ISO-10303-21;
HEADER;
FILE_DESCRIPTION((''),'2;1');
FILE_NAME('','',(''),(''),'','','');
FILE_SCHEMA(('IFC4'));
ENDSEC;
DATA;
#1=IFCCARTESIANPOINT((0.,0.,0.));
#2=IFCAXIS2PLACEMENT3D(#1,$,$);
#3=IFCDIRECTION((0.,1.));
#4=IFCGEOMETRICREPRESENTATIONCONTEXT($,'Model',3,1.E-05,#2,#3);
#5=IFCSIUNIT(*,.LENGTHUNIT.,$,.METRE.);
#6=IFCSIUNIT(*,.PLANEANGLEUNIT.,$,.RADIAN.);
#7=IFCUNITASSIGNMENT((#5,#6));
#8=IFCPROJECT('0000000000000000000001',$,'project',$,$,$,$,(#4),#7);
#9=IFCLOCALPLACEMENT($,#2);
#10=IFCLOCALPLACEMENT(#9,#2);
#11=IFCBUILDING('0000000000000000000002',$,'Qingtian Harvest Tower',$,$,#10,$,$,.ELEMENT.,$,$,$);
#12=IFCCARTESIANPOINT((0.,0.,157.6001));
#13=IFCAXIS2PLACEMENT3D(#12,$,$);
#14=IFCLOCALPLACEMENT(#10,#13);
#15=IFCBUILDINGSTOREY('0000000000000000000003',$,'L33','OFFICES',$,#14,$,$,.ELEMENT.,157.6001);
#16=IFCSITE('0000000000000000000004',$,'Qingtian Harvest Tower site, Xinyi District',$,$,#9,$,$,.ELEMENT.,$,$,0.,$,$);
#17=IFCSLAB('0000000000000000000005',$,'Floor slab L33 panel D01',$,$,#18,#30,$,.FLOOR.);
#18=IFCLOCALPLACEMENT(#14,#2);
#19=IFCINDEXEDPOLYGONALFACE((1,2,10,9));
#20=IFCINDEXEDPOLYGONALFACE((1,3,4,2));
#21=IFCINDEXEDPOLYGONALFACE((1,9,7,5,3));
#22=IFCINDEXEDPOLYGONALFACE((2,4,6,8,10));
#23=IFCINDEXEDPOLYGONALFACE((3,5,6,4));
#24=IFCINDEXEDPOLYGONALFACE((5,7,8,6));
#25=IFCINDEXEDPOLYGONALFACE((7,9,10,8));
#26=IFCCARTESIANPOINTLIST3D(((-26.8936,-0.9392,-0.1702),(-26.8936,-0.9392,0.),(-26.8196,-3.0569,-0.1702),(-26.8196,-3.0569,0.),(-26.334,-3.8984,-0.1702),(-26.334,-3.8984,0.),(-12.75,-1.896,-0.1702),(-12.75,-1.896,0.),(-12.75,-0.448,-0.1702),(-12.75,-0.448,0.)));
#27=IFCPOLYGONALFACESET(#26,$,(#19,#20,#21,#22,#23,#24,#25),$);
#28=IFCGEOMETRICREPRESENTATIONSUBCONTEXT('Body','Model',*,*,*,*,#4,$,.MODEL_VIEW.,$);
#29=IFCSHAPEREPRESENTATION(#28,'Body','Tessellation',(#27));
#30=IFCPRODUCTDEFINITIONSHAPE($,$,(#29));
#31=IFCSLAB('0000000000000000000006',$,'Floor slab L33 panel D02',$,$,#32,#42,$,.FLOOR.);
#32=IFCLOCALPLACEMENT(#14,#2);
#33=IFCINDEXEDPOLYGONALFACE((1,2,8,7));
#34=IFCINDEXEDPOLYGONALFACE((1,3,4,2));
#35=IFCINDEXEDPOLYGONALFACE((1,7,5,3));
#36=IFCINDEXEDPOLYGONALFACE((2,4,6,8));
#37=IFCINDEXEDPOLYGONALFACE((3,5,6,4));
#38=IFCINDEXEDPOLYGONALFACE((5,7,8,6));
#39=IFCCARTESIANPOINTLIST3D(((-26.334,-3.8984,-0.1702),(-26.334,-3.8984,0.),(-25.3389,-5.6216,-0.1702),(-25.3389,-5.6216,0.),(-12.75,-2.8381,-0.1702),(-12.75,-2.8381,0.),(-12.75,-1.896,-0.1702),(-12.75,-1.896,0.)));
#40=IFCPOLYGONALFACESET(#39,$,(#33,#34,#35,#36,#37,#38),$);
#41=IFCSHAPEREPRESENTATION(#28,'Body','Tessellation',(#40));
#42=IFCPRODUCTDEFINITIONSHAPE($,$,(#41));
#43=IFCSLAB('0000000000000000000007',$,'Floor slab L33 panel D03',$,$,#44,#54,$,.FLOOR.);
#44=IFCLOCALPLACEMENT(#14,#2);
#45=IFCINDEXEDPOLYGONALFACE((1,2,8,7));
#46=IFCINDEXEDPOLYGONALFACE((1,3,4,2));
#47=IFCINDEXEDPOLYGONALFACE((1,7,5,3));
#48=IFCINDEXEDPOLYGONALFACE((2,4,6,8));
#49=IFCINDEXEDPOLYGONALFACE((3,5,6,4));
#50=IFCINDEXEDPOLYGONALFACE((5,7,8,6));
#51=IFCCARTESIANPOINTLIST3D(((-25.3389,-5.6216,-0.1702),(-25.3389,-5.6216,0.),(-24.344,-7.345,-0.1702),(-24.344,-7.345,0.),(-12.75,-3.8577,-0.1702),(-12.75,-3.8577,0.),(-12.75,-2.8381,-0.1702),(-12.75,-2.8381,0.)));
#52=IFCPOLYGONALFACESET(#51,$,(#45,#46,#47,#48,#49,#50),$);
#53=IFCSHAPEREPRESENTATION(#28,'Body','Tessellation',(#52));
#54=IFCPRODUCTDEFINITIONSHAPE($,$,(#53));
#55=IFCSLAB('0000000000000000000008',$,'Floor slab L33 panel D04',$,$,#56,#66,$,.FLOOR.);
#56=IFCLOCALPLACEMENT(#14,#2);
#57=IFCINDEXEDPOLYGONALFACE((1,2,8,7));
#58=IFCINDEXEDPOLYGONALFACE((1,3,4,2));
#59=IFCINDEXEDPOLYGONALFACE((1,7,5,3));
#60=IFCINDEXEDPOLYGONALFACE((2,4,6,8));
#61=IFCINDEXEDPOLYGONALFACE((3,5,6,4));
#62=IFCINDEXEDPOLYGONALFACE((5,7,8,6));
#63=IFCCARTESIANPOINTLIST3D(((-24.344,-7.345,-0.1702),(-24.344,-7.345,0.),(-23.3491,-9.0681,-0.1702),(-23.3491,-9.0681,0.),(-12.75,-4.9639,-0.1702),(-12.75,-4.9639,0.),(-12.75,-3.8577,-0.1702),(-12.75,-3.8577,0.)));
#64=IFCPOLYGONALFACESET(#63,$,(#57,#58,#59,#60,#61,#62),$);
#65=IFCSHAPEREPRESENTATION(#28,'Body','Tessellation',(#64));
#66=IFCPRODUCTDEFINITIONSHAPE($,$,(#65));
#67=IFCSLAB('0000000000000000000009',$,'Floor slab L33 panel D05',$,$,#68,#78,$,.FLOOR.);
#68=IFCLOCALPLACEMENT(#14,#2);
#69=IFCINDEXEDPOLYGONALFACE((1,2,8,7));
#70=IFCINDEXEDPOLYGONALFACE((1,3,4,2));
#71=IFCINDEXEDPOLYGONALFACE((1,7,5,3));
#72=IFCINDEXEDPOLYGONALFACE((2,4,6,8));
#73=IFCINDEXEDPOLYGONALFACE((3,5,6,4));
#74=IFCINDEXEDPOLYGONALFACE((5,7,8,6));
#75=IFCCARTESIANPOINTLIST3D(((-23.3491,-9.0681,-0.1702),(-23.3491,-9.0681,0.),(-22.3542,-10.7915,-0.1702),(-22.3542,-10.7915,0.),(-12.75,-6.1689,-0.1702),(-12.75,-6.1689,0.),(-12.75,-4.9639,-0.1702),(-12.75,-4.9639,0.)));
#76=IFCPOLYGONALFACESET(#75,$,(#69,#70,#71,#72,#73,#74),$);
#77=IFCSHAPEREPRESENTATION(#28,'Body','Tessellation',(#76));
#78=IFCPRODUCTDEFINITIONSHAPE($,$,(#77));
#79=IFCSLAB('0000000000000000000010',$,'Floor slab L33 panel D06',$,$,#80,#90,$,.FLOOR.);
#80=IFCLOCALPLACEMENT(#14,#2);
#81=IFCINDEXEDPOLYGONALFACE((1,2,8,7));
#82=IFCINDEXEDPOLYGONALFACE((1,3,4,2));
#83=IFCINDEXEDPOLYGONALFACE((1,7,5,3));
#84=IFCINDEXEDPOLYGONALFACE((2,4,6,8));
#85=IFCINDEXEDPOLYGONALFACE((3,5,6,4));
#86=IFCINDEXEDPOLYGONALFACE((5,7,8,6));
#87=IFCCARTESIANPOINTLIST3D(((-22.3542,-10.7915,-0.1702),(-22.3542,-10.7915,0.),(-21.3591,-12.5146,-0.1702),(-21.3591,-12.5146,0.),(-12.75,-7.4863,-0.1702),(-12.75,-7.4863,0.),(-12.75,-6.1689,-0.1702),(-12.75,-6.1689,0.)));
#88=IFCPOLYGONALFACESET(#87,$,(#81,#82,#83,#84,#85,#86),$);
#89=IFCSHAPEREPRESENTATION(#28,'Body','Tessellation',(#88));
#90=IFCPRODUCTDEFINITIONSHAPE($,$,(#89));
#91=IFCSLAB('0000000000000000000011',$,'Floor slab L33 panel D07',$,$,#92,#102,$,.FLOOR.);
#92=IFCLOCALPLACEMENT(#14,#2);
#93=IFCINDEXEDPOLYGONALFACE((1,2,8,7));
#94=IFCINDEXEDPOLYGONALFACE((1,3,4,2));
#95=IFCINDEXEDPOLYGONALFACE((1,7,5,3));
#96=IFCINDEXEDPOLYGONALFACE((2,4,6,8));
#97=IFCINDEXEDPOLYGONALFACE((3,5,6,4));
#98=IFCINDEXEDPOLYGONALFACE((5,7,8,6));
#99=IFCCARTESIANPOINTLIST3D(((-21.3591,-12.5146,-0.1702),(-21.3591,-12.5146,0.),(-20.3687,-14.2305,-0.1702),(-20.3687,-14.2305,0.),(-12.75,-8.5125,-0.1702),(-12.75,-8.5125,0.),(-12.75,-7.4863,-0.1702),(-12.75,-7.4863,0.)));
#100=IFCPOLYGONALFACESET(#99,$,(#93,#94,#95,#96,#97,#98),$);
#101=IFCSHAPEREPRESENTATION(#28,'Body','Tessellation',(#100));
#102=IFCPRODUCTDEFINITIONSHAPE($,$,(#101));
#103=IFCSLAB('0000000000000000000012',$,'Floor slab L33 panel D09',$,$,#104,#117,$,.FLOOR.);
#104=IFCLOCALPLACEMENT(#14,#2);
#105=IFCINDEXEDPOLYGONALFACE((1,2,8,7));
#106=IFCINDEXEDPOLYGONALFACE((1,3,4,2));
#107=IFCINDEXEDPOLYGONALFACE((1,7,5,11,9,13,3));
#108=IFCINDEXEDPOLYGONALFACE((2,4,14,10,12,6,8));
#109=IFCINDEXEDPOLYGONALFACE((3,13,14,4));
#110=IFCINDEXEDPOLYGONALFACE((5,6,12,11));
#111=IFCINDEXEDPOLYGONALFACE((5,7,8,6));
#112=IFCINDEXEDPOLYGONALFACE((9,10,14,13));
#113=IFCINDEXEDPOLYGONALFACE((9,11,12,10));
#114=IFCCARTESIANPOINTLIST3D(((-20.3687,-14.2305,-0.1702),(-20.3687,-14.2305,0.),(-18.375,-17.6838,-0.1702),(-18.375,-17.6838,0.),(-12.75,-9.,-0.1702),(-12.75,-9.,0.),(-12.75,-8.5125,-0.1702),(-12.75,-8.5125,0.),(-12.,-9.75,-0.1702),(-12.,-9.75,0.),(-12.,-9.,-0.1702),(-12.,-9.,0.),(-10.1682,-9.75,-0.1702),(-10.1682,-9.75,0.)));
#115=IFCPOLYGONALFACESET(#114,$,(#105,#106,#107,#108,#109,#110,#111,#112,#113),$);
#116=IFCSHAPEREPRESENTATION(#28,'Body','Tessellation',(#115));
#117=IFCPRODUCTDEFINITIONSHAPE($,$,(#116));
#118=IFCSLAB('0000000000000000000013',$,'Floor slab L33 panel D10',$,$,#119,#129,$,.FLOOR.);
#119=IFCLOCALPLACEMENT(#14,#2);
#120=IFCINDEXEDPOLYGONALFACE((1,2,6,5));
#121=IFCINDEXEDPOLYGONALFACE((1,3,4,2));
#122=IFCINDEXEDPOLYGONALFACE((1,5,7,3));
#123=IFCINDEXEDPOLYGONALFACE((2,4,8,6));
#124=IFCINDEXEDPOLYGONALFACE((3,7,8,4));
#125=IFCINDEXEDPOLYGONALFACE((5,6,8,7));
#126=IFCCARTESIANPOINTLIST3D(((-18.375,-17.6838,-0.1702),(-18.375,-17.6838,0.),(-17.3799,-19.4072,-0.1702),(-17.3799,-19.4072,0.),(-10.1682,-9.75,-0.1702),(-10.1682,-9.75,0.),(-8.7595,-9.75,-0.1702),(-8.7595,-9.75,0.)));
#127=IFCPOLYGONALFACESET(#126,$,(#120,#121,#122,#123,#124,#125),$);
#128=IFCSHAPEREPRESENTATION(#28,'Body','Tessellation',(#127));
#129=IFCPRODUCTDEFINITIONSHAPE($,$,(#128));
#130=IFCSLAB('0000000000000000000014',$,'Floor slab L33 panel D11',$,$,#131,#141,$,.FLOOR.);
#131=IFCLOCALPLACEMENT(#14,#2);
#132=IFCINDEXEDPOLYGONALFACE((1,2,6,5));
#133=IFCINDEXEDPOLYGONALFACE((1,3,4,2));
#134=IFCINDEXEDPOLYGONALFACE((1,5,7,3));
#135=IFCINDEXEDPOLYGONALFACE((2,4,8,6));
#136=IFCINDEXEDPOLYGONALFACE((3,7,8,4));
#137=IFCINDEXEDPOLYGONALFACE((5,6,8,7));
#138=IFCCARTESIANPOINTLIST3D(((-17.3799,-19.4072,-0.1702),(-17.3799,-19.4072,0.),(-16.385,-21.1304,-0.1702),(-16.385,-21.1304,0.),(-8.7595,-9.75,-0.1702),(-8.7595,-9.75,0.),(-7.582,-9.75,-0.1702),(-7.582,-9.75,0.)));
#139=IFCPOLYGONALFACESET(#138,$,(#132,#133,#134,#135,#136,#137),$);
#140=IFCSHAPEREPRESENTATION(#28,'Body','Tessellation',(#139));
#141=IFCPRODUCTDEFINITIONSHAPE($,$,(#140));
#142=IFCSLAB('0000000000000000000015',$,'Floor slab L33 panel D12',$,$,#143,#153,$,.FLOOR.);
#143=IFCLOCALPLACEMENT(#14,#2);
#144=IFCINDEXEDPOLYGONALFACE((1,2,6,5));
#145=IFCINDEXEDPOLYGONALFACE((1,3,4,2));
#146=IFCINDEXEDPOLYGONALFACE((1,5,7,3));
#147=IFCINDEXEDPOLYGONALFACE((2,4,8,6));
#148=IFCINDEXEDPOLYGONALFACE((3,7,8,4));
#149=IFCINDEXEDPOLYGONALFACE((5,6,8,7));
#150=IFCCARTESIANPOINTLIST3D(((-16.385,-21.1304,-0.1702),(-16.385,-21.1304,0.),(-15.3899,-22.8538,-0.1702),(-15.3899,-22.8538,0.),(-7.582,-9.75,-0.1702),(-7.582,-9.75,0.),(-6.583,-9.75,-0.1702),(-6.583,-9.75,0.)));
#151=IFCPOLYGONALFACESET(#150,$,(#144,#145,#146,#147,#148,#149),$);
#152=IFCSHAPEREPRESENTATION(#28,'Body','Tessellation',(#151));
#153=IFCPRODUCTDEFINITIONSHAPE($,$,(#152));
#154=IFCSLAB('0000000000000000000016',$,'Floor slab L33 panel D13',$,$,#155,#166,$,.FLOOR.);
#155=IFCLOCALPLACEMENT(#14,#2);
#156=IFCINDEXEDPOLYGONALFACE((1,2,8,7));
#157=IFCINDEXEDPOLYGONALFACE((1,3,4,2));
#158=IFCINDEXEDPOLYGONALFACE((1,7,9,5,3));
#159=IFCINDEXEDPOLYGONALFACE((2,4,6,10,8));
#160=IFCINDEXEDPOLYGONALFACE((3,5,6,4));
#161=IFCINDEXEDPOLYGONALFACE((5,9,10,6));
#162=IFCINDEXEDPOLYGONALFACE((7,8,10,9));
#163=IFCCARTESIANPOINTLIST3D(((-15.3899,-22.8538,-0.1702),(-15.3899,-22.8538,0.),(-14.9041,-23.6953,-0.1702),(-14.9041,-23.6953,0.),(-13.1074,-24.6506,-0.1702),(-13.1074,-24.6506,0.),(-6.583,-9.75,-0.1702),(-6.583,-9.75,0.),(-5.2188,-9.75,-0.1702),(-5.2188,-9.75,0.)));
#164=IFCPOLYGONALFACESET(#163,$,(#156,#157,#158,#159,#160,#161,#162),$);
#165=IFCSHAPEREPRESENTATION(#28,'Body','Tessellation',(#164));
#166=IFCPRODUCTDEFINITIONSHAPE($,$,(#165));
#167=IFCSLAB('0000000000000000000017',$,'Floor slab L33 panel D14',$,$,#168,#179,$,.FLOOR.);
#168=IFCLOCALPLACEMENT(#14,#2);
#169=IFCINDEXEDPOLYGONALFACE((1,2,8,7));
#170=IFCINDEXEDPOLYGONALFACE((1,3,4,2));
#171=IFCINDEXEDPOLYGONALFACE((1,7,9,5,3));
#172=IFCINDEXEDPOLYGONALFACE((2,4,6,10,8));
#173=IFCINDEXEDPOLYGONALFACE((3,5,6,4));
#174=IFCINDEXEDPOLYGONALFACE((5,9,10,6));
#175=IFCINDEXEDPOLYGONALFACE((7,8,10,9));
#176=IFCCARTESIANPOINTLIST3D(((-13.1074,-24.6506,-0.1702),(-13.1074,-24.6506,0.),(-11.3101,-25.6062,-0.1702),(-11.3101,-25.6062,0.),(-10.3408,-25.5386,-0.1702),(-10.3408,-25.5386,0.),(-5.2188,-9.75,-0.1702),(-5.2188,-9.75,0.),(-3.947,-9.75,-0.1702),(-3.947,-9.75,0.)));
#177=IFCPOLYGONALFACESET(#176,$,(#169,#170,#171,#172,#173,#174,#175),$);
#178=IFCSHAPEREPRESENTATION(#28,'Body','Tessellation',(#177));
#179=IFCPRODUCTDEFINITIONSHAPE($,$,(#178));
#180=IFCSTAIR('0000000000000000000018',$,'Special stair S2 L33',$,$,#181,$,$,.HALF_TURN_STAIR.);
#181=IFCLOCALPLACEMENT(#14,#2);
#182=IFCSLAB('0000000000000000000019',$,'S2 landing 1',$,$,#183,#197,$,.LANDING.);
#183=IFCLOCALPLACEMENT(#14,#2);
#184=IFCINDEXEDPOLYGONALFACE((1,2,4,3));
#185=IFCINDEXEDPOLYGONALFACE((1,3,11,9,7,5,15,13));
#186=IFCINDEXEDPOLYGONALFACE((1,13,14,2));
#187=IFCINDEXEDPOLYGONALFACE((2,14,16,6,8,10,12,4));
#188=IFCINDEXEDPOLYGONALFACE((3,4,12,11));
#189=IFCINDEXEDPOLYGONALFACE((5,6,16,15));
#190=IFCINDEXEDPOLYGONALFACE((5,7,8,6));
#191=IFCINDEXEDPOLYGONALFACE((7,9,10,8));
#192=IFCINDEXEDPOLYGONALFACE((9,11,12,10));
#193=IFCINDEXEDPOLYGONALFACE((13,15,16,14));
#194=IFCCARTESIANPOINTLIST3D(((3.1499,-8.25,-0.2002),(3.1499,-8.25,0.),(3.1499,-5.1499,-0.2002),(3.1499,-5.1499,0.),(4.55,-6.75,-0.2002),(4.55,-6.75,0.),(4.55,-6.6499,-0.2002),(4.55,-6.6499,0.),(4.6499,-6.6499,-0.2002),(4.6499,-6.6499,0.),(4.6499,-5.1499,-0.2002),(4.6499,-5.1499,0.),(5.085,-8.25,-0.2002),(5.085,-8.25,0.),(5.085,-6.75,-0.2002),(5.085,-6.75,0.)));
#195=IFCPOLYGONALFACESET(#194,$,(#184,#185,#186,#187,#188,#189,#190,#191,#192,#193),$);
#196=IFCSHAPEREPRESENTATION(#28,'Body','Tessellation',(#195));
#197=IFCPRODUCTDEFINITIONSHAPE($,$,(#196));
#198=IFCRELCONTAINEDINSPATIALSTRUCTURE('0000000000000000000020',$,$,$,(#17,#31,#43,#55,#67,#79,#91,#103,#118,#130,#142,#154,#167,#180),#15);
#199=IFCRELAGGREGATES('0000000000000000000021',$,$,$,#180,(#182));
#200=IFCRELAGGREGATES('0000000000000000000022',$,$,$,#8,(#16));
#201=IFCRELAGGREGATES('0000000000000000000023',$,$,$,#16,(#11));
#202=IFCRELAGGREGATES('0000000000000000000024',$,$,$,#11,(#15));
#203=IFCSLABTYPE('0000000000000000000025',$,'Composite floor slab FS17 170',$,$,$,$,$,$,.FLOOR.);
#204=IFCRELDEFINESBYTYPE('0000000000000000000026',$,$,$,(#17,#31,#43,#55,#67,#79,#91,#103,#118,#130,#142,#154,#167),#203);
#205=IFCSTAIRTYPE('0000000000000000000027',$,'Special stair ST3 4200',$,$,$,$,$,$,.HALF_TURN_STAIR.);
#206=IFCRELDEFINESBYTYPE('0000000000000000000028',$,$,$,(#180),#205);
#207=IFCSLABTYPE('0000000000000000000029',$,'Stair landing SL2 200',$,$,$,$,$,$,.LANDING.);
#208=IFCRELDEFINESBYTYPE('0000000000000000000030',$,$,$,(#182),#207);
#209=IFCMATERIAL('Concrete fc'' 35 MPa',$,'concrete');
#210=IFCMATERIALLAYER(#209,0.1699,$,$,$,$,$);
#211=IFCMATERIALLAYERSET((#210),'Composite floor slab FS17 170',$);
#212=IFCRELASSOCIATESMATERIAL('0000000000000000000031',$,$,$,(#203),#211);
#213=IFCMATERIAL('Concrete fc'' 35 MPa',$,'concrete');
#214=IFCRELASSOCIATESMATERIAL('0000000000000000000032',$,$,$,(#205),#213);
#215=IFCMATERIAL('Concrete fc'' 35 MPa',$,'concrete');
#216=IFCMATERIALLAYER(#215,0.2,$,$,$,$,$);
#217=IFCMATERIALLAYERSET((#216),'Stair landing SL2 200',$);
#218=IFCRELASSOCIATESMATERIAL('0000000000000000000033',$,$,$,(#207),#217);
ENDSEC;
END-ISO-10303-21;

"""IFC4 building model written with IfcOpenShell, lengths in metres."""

from ifc_helpers import new_model, si_unit, direction, frame, origin, place, context, subcontext, project, spatial, polyline, outline, extrude, material, layer, layer_set, type_object, element, aggregate, save


model = new_model("IFC4")

# Units and contexts
model_context = context("Model", 3, precision=1e-05, world=origin(), true_north=direction((0.0, 1.0)))
body_context = subcontext(model_context, "Body", "Model", "MODEL_VIEW")
ifc_project = project(units=[si_unit("LENGTHUNIT", "METRE"), si_unit("PLANEANGLEUNIT", "RADIAN")], contexts=[model_context])

# Site, building, storey
site_placement = place(None, origin())
site = spatial("IfcSite", under=ifc_project, at=site_placement, Name="Qingtian Harvest Tower site, Xinyi District", CompositionType="ELEMENT", RefElevation=0.0)
building_placement = place(site_placement, origin())
building = spatial("IfcBuilding", under=site, at=building_placement, Name="Qingtian Harvest Tower", CompositionType="ELEMENT")
storey_placement = place(building_placement, frame((0.0, 0.0, 157.6001)))
storey = spatial("IfcBuildingStorey", under=building, at=storey_placement, Name="L33", Description="OFFICES", CompositionType="ELEMENT", Elevation=157.6001)

# Slabs
ifc_material_1 = material(Name="Concrete fc' 35 MPa", Category="concrete")
ifc_layer_1 = layer(ifc_material_1, 0.1699)
ifc_layer_set_1 = layer_set([ifc_layer_1], Name="Composite floor slab FS17 170")
slab_type_1 = type_object("IfcSlabType", Name="Composite floor slab FS17 170", PredefinedType="FLOOR", material=ifc_layer_set_1)
slab_1_placement = place(storey_placement, frame((0.0, 0.0, -0.1702)))
element("IfcSlab", 1, at=slab_1_placement, inside=storey, type_object=slab_type_1, Name="Floor slab L33 panel D01", PredefinedType="FLOOR", context=body_context, shape_type="SweptSolid", body=[
    extrude(outline(polyline([(-26.8936, -0.9392), (-12.75, -0.448), (-12.75, -1.896), (-26.334, -3.8984), (-26.8196, -3.0569), (-26.8936, -0.9392)])), origin(), (0.0, 0.0, 1.0), 0.1702),
])
slab_2_placement = place(storey_placement, frame((0.0, 0.0, -0.1702)))
element("IfcSlab", 2, at=slab_2_placement, inside=storey, type_object=slab_type_1, Name="Floor slab L33 panel D02", PredefinedType="FLOOR", context=body_context, shape_type="SweptSolid", body=[
    extrude(outline(polyline([(-12.75, -2.8381), (-25.3389, -5.6216), (-26.334, -3.8984), (-12.75, -1.896), (-12.75, -2.8381)])), origin(), (0.0, 0.0, 1.0), 0.1702),
])
slab_3_placement = place(storey_placement, frame((0.0, 0.0, -0.1702)))
element("IfcSlab", 3, at=slab_3_placement, inside=storey, type_object=slab_type_1, Name="Floor slab L33 panel D03", PredefinedType="FLOOR", context=body_context, shape_type="SweptSolid", body=[
    extrude(outline(polyline([(-12.75, -3.8577), (-24.344, -7.345), (-25.3389, -5.6216), (-12.75, -2.8381), (-12.75, -3.8577)])), origin(), (0.0, 0.0, 1.0), 0.1702),
])
slab_4_placement = place(storey_placement, frame((0.0, 0.0, -0.1702)))
element("IfcSlab", 4, at=slab_4_placement, inside=storey, type_object=slab_type_1, Name="Floor slab L33 panel D04", PredefinedType="FLOOR", context=body_context, shape_type="SweptSolid", body=[
    extrude(outline(polyline([(-12.75, -4.9639), (-23.3491, -9.0681), (-24.344, -7.345), (-12.75, -3.8577), (-12.75, -4.9639)])), origin(), (0.0, 0.0, 1.0), 0.1702),
])
slab_5_placement = place(storey_placement, frame((0.0, 0.0, -0.1702)))
element("IfcSlab", 5, at=slab_5_placement, inside=storey, type_object=slab_type_1, Name="Floor slab L33 panel D05", PredefinedType="FLOOR", context=body_context, shape_type="SweptSolid", body=[
    extrude(outline(polyline([(-12.75, -6.1689), (-22.3542, -10.7915), (-23.3491, -9.0681), (-12.75, -4.9639), (-12.75, -6.1689)])), origin(), (0.0, 0.0, 1.0), 0.1702),
])
slab_6_placement = place(storey_placement, frame((0.0, 0.0, -0.1702)))
element("IfcSlab", 6, at=slab_6_placement, inside=storey, type_object=slab_type_1, Name="Floor slab L33 panel D06", PredefinedType="FLOOR", context=body_context, shape_type="SweptSolid", body=[
    extrude(outline(polyline([(-12.75, -7.4863), (-21.3591, -12.5146), (-22.3542, -10.7915), (-12.75, -6.1689), (-12.75, -7.4863)])), origin(), (0.0, 0.0, 1.0), 0.1702),
])
slab_7_placement = place(storey_placement, frame((0.0, 0.0, -0.1702)))
element("IfcSlab", 7, at=slab_7_placement, inside=storey, type_object=slab_type_1, Name="Floor slab L33 panel D07", PredefinedType="FLOOR", context=body_context, shape_type="SweptSolid", body=[
    extrude(outline(polyline([(-12.75, -8.5125), (-20.3687, -14.2305), (-21.3591, -12.5146), (-12.75, -7.4863), (-12.75, -8.5125)])), origin(), (0.0, 0.0, 1.0), 0.1702),
])
slab_8_placement = place(storey_placement, frame((0.0, 0.0, -0.1702)))
element("IfcSlab", 8, at=slab_8_placement, inside=storey, type_object=slab_type_1, Name="Floor slab L33 panel D09", PredefinedType="FLOOR", context=body_context, shape_type="SweptSolid", body=[
    extrude(outline(polyline([(-18.375, -17.6838), (-20.3687, -14.2305), (-12.75, -8.5125), (-12.75, -9.0), (-12.0, -9.0), (-12.0, -9.75), (-10.1682, -9.75), (-18.375, -17.6838)])), origin(), (0.0, 0.0, 1.0), 0.1702),
])
slab_9_placement = place(storey_placement, frame((0.0, 0.0, -0.1702)))
element("IfcSlab", 9, at=slab_9_placement, inside=storey, type_object=slab_type_1, Name="Floor slab L33 panel D10", PredefinedType="FLOOR", context=body_context, shape_type="SweptSolid", body=[
    extrude(outline(polyline([(-8.7595, -9.75), (-17.3799, -19.4072), (-18.375, -17.6838), (-10.1682, -9.75), (-8.7595, -9.75)])), origin(), (0.0, 0.0, 1.0), 0.1702),
])
slab_10_placement = place(storey_placement, frame((0.0, 0.0, -0.1702)))
element("IfcSlab", 10, at=slab_10_placement, inside=storey, type_object=slab_type_1, Name="Floor slab L33 panel D11", PredefinedType="FLOOR", context=body_context, shape_type="SweptSolid", body=[
    extrude(outline(polyline([(-7.582, -9.75), (-16.385, -21.1304), (-17.3799, -19.4072), (-8.7595, -9.75), (-7.582, -9.75)])), origin(), (0.0, 0.0, 1.0), 0.1702),
])
slab_11_placement = place(storey_placement, frame((0.0, 0.0, -0.1702)))
element("IfcSlab", 11, at=slab_11_placement, inside=storey, type_object=slab_type_1, Name="Floor slab L33 panel D12", PredefinedType="FLOOR", context=body_context, shape_type="SweptSolid", body=[
    extrude(outline(polyline([(-6.583, -9.75), (-15.3899, -22.8538), (-16.385, -21.1304), (-7.582, -9.75), (-6.583, -9.75)])), origin(), (0.0, 0.0, 1.0), 0.1702),
])
slab_12_placement = place(storey_placement, frame((0.0, 0.0, -0.1702)))
element("IfcSlab", 12, at=slab_12_placement, inside=storey, type_object=slab_type_1, Name="Floor slab L33 panel D13", PredefinedType="FLOOR", context=body_context, shape_type="SweptSolid", body=[
    extrude(outline(polyline([(-6.583, -9.75), (-5.2188, -9.75), (-13.1074, -24.6506), (-14.9041, -23.6953), (-15.3899, -22.8538), (-6.583, -9.75)])), origin(), (0.0, 0.0, 1.0), 0.1702),
])
slab_13_placement = place(storey_placement, frame((0.0, 0.0, -0.1702)))
element("IfcSlab", 13, at=slab_13_placement, inside=storey, type_object=slab_type_1, Name="Floor slab L33 panel D14", PredefinedType="FLOOR", context=body_context, shape_type="SweptSolid", body=[
    extrude(outline(polyline([(-5.2188, -9.75), (-3.947, -9.75), (-10.3408, -25.5386), (-11.3101, -25.6062), (-13.1074, -24.6506), (-5.2188, -9.75)])), origin(), (0.0, 0.0, 1.0), 0.1702),
])

# Stair, slab
ifc_material_2 = material(Name="Concrete fc' 35 MPa", Category="concrete")
stair_type = type_object("IfcStairType", Name="Special stair ST3 4200", PredefinedType="HALF_TURN_STAIR", material=ifc_material_2)
stair_placement = place(storey_placement, origin())
stair = element("IfcStair", 14, at=stair_placement, inside=storey, type_object=stair_type, Name="Special stair S2 L33", PredefinedType="HALF_TURN_STAIR")
ifc_material_3 = material(Name="Concrete fc' 35 MPa", Category="concrete")
ifc_layer_2 = layer(ifc_material_3, 0.2)
ifc_layer_set_2 = layer_set([ifc_layer_2], Name="Stair landing SL2 200")
slab_type_2 = type_object("IfcSlabType", Name="Stair landing SL2 200", PredefinedType="LANDING", material=ifc_layer_set_2)
slab_14_placement = place(storey_placement, frame((0.0, 0.0, -0.2002)))
slab_14 = element("IfcSlab", 15, at=slab_14_placement, type_object=slab_type_2, Name="S2 landing 1", PredefinedType="LANDING", context=body_context, shape_type="SweptSolid", body=[
    extrude(outline(polyline([(5.085, -8.25), (3.1499, -8.25), (3.1499, -5.1499), (4.6499, -5.1499), (4.6499, -6.6499), (4.55, -6.6499), (4.55, -6.75), (5.085, -6.75), (5.085, -8.25)])), origin(), (0.0, 0.0, 1.0), 0.2002),
])
aggregate(stair, [slab_14])

save(model, "model.ifc")
